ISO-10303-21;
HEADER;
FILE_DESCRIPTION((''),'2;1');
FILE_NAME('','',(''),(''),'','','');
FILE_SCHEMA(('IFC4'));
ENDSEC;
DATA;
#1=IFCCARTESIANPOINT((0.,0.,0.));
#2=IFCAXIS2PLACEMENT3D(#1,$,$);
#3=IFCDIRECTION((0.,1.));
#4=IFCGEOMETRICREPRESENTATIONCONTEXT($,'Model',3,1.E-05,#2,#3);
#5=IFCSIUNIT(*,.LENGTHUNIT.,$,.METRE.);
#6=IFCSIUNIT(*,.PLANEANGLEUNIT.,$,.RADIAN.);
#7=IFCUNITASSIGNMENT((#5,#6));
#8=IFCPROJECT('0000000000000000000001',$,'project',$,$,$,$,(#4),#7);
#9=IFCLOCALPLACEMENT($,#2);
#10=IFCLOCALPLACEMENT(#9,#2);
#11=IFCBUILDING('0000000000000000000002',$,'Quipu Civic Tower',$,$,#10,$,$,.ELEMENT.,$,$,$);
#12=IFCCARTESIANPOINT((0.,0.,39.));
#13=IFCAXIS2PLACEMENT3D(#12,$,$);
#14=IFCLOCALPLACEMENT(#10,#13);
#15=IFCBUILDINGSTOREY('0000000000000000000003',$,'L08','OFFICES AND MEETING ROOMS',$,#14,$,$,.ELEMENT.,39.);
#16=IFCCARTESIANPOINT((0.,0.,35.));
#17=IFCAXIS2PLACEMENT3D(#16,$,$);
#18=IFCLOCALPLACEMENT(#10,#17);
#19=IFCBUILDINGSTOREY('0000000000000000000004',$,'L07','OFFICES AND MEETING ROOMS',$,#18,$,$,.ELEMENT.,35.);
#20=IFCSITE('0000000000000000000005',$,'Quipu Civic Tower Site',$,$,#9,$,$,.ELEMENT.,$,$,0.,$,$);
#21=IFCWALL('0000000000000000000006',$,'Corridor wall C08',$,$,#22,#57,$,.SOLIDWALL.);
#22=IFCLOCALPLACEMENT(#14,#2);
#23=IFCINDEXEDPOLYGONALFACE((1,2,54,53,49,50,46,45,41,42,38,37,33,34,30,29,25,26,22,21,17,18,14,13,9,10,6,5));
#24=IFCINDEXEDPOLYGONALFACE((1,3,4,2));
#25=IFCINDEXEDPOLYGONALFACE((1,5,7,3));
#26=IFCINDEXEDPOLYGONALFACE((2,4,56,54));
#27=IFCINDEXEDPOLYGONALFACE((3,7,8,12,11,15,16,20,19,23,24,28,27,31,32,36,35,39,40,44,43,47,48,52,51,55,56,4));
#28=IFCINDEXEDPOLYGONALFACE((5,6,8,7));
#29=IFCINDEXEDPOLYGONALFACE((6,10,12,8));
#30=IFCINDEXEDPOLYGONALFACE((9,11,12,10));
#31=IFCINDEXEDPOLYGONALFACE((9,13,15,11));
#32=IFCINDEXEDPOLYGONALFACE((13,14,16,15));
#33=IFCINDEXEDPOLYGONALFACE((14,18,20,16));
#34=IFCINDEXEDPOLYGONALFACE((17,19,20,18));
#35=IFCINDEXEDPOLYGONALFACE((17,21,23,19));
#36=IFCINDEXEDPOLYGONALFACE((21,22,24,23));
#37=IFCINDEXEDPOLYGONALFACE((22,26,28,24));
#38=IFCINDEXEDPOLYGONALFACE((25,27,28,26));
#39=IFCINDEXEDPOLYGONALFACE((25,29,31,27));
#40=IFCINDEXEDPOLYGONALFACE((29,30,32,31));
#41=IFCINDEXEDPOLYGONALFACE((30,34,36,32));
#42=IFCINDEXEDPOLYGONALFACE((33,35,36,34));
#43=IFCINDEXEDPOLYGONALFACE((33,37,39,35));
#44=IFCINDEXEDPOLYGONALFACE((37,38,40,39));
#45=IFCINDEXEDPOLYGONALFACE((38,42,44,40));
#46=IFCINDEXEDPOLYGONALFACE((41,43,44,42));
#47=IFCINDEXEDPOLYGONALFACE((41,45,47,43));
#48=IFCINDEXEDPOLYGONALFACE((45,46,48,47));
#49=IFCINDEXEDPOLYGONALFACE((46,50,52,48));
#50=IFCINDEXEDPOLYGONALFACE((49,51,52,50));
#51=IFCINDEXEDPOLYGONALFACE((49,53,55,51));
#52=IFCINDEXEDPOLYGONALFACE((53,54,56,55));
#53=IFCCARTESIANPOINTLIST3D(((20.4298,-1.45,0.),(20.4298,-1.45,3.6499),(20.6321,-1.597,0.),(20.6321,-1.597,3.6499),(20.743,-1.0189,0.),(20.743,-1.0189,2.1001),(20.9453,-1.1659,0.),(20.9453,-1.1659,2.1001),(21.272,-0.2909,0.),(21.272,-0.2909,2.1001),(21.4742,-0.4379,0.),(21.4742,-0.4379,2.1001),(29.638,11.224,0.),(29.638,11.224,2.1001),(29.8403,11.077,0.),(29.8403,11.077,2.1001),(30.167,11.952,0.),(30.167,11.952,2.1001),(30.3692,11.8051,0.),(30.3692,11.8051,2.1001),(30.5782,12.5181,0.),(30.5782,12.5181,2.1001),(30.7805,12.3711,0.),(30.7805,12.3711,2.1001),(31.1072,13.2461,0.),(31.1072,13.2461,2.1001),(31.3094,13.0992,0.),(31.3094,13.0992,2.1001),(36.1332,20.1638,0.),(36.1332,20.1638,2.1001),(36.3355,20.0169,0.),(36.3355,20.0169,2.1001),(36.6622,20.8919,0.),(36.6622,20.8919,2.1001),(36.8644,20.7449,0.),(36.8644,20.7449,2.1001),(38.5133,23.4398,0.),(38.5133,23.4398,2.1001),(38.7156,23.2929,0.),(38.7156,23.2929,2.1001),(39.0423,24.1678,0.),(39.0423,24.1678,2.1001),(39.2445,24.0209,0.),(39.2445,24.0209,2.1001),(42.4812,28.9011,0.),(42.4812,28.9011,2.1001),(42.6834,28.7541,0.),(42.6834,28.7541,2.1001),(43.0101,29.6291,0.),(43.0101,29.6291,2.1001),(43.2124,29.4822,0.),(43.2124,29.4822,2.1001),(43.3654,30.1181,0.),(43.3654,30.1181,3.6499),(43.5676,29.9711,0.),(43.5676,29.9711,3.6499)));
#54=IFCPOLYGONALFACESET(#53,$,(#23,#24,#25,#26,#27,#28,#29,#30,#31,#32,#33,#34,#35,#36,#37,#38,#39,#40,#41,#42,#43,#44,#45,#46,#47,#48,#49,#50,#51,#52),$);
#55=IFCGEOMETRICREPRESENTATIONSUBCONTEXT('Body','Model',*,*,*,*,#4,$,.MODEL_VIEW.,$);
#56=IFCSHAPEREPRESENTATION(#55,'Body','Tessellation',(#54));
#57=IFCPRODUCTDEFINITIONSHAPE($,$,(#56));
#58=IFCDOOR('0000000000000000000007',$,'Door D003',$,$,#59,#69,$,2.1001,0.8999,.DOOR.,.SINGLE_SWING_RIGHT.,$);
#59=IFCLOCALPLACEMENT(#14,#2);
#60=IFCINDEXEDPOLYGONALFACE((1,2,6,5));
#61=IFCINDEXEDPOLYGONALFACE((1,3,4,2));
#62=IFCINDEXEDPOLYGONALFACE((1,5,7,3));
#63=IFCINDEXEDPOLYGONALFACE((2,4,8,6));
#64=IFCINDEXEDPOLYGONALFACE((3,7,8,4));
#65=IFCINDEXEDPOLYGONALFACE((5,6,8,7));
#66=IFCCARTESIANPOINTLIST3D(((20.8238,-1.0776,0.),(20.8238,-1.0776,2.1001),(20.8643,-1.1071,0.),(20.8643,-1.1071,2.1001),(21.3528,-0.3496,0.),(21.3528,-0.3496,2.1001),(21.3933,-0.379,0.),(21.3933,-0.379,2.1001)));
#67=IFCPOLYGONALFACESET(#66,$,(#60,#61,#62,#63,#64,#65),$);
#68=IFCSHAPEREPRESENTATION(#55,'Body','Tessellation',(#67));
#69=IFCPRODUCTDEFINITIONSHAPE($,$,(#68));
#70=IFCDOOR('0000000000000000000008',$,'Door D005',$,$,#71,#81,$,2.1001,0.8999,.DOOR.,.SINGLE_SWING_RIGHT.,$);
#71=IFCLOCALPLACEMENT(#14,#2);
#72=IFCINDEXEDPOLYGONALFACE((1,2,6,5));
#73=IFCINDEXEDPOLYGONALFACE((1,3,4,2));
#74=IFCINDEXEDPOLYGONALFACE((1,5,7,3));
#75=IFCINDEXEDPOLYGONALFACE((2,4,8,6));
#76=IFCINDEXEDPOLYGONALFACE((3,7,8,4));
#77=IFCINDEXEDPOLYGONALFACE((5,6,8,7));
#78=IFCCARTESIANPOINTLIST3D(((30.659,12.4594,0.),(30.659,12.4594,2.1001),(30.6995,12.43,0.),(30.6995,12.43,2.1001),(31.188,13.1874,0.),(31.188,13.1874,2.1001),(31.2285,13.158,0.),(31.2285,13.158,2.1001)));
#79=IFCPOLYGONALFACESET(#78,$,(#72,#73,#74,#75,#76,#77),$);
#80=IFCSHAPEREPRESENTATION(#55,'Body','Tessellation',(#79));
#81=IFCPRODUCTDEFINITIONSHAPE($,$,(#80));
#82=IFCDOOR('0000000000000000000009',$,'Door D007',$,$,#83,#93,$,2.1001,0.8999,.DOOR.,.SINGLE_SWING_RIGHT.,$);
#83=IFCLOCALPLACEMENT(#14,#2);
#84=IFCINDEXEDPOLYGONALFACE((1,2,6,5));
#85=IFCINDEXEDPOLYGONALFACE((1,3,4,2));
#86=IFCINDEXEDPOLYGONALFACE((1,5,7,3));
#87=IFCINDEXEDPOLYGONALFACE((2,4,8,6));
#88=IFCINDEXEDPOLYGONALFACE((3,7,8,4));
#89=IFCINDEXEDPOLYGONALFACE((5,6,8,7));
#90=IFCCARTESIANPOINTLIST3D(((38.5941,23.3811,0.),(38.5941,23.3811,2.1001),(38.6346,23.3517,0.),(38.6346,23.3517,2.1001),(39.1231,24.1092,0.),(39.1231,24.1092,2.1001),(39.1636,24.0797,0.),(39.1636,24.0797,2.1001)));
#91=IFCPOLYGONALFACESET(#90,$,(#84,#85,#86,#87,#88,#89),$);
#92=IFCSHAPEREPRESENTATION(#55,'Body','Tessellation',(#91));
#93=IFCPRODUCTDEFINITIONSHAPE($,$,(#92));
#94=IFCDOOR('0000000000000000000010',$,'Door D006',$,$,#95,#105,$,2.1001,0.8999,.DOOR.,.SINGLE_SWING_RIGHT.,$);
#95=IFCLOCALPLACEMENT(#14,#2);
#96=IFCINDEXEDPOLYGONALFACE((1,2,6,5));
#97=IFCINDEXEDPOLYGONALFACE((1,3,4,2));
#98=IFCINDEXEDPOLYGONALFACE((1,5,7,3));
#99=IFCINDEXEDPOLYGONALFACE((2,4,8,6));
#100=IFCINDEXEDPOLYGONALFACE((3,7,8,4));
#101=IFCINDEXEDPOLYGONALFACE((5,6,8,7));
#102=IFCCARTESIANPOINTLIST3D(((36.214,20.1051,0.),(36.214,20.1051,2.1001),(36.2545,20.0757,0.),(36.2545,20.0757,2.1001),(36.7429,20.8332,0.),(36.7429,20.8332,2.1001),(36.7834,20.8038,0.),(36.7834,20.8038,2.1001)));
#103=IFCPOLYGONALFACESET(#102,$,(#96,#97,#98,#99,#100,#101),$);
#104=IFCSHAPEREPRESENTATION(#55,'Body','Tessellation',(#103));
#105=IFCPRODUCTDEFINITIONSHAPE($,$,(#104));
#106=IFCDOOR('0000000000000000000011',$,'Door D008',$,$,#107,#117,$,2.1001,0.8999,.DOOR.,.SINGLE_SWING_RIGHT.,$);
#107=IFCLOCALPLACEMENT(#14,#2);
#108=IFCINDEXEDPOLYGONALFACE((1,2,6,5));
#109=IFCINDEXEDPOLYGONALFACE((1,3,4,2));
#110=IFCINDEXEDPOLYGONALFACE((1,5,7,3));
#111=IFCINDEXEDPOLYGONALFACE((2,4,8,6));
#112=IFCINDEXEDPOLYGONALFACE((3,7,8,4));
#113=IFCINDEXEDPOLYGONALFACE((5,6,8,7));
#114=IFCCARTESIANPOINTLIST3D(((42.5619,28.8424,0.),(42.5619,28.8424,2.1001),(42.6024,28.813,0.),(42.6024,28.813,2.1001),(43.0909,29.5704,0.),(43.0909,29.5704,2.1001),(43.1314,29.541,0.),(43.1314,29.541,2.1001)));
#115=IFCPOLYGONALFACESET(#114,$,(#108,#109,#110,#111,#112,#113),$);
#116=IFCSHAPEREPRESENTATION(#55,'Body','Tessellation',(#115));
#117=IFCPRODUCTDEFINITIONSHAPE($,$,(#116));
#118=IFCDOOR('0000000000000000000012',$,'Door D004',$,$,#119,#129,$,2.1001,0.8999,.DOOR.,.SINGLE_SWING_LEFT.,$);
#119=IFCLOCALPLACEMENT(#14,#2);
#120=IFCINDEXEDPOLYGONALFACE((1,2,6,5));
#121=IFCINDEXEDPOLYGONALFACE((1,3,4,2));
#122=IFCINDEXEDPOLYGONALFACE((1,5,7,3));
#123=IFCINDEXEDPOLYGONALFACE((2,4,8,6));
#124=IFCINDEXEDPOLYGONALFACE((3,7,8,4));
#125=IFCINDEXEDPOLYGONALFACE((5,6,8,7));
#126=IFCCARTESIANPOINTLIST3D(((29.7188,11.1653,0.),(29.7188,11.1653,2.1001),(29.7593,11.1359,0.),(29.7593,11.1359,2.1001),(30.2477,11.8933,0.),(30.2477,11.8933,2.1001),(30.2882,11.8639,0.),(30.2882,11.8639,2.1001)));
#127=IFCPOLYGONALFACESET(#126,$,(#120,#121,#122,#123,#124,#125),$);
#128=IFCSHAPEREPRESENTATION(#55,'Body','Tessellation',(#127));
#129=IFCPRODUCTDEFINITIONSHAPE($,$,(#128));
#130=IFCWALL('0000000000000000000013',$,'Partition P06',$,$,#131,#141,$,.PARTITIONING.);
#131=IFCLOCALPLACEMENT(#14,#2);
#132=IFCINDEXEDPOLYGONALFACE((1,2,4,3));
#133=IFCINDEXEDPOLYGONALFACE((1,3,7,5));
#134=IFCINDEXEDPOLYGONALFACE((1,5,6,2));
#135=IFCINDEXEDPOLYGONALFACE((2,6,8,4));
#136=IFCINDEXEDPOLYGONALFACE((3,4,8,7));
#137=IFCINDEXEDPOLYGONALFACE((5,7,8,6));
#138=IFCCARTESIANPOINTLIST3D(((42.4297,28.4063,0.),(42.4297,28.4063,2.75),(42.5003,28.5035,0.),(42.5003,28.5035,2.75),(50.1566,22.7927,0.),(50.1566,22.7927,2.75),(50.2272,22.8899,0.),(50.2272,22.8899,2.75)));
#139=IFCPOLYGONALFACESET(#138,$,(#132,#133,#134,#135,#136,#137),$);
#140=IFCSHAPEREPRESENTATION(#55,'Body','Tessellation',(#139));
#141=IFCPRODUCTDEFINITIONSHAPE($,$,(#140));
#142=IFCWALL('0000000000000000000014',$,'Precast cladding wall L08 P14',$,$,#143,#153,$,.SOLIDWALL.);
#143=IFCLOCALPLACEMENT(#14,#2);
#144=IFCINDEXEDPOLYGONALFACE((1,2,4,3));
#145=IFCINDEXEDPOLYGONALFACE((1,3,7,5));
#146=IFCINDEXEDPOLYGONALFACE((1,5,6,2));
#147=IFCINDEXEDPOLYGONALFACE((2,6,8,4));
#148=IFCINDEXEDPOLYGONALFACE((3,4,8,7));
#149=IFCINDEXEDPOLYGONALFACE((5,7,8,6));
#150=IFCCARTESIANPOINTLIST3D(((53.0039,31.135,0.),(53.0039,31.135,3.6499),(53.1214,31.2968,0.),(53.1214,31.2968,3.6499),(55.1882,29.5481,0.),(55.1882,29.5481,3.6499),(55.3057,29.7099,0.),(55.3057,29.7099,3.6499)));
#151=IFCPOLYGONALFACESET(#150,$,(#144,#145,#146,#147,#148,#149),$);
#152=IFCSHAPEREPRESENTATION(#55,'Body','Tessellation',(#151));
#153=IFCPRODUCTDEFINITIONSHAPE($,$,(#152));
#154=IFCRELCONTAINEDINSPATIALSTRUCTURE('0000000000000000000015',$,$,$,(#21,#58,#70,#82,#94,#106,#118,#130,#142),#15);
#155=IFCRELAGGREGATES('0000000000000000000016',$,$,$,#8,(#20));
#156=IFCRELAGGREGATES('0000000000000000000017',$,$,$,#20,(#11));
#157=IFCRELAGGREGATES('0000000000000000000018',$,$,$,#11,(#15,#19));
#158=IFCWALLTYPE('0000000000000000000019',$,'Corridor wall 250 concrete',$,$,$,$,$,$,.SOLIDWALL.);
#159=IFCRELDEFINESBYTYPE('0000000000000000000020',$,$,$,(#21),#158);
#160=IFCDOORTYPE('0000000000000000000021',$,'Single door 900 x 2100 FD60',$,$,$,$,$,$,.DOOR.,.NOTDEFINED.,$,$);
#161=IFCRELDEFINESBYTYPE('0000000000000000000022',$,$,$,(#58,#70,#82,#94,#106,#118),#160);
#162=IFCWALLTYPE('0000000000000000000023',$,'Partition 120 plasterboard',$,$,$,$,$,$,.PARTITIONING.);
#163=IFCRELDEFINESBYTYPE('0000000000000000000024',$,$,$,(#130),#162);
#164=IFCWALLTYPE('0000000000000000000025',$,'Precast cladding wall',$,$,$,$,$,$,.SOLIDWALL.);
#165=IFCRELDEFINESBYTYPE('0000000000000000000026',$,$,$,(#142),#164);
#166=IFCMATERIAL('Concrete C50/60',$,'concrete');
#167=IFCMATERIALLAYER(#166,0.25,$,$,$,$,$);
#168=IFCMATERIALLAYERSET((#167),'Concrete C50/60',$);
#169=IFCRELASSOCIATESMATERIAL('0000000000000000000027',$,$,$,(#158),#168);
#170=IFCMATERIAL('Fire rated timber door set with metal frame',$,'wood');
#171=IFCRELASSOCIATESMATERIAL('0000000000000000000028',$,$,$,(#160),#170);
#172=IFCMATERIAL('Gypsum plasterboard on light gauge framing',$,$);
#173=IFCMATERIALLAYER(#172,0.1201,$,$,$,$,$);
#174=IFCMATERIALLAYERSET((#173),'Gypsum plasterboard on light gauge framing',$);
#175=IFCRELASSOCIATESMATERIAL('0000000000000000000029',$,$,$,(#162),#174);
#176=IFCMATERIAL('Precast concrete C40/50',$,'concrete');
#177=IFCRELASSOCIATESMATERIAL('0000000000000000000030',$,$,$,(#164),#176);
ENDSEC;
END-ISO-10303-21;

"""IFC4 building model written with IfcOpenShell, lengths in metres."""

from ifc_helpers import new_model, si_unit, direction, frame, frame_2d, origin, place, context, subcontext, project, spatial, rectangle, extrude, material, layer, layer_set, type_object, element, fill, save


model = new_model("IFC4")

# Units and contexts
model_context = context("Model", 3, precision=1e-05, world=origin(), true_north=direction((0.0, 1.0)))
body_context = subcontext(model_context, "Body", "Model", "MODEL_VIEW")
ifc_project = project(units=[si_unit("LENGTHUNIT", "METRE"), si_unit("PLANEANGLEUNIT", "RADIAN")], contexts=[model_context])

# Site, building, storey
site_placement = place(None, origin())
site = spatial("IfcSite", under=ifc_project, at=site_placement, Name="Quipu Civic Tower Site", CompositionType="ELEMENT", RefElevation=0.0)
building_placement = place(site_placement, origin())
building = spatial("IfcBuilding", under=site, at=building_placement, Name="Quipu Civic Tower", CompositionType="ELEMENT")
storey_1_placement = place(building_placement, frame((0.0, 0.0, 39.0)))
storey_1 = spatial("IfcBuildingStorey", under=building, at=storey_1_placement, Name="L08", Description="OFFICES AND MEETING ROOMS", CompositionType="ELEMENT", Elevation=39.0)

# Shared definitions
storey_2_placement = place(building_placement, frame((0.0, 0.0, 35.0)))
storey_2 = spatial("IfcBuildingStorey", under=building, at=storey_2_placement, Name="L07", Description="OFFICES AND MEETING ROOMS", CompositionType="ELEMENT", Elevation=35.0)

# Wall, openings, doors
ifc_material_1 = material(Name="Concrete C50/60", Category="concrete")
ifc_layer_1 = layer(ifc_material_1, 0.25)
ifc_layer_set_1 = layer_set([ifc_layer_1], Name="Concrete C50/60")
wall_type_1 = type_object("IfcWallType", Name="Corridor wall 250 concrete", PredefinedType="SOLIDWALL", material=ifc_layer_set_1)
wall_1_placement = place(storey_1_placement, frame((43.4666, 30.0447, 0.0), z_axis=(0.0, 0.0, 1.0), x_axis=(-0.587785, -0.809017, 0.0)))
wall_1 = element("IfcWall", 1, at=wall_1_placement, inside=storey_1, type_object=wall_type_1, Name="Corridor wall C08", PredefinedType="SOLIDWALL", context=body_context, shape_type="SweptSolid", body=[
    extrude(rectangle(XDim=39.0203, YDim=0.25, at=frame_2d((19.5103, 0.0))), origin(), (0.0, 0.0, 1.0), 3.6499),
])
opening_1_placement = place(wall_1_placement, frame((37.5876, 0.0, 0.0)))
opening_1 = element("IfcOpeningElement", 2, at=opening_1_placement, cuts=wall_1, PredefinedType="OPENING", context=body_context, shape_type="SweptSolid", body=[
    extrude(rectangle(XDim=0.8999, YDim=2.1001, at=frame_2d((0.45, 1.05))), frame((0.0, 0.135, 0.0), z_axis=(0.0, -1.0, 0.0), x_axis=(1.0, 0.0, 0.0)), (0.0, 0.0, 1.0), 0.27),
])
opening_2_placement = place(wall_1_placement, frame((20.855, 0.0, 0.0)))
opening_2 = element("IfcOpeningElement", 3, at=opening_2_placement, cuts=wall_1, PredefinedType="OPENING", context=body_context, shape_type="SweptSolid", body=[
    extrude(rectangle(XDim=0.8999, YDim=2.1001, at=frame_2d((0.45, 1.05))), frame((0.0, 0.135, 0.0), z_axis=(0.0, -1.0, 0.0), x_axis=(1.0, 0.0, 0.0)), (0.0, 0.0, 1.0), 0.27),
])
opening_3_placement = place(wall_1_placement, frame((7.355, 0.0, 0.0)))
opening_3 = element("IfcOpeningElement", 4, at=opening_3_placement, cuts=wall_1, PredefinedType="OPENING", context=body_context, shape_type="SweptSolid", body=[
    extrude(rectangle(XDim=0.8999, YDim=2.1001, at=frame_2d((0.45, 1.05))), frame((0.0, 0.135, 0.0), z_axis=(0.0, -1.0, 0.0), x_axis=(1.0, 0.0, 0.0)), (0.0, 0.0, 1.0), 0.27),
])
opening_4_placement = place(wall_1_placement, frame((11.4043, 0.0, 0.0)))
opening_4 = element("IfcOpeningElement", 5, at=opening_4_placement, cuts=wall_1, PredefinedType="OPENING", context=body_context, shape_type="SweptSolid", body=[
    extrude(rectangle(XDim=0.8999, YDim=2.1001, at=frame_2d((0.45, 1.05))), frame((0.0, 0.135, 0.0), z_axis=(0.0, -1.0, 0.0), x_axis=(1.0, 0.0, 0.0)), (0.0, 0.0, 1.0), 0.27),
])
opening_5_placement = place(wall_1_placement, frame((0.6045, 0.0, 0.0)))
opening_5 = element("IfcOpeningElement", 6, at=opening_5_placement, cuts=wall_1, PredefinedType="OPENING", context=body_context, shape_type="SweptSolid", body=[
    extrude(rectangle(XDim=0.8999, YDim=2.1001, at=frame_2d((0.45, 1.05))), frame((0.0, 0.135, 0.0), z_axis=(0.0, -1.0, 0.0), x_axis=(1.0, 0.0, 0.0)), (0.0, 0.0, 1.0), 0.27),
])
opening_6_placement = place(wall_1_placement, frame((22.4546, 0.0, 0.0)))
opening_6 = element("IfcOpeningElement", 7, at=opening_6_placement, cuts=wall_1, PredefinedType="OPENING", context=body_context, shape_type="SweptSolid", body=[
    extrude(rectangle(XDim=0.8999, YDim=2.1001, at=frame_2d((0.45, 1.05))), frame((0.0, 0.135, 0.0), z_axis=(0.0, -1.0, 0.0), x_axis=(1.0, 0.0, 0.0)), (0.0, 0.0, 1.0), 0.27),
])
ifc_material_2 = material(Name="Fire rated timber door set with metal frame", Category="wood")
door_type = type_object("IfcDoorType", Name="Single door 900 x 2100 FD60", OperationType="NOTDEFINED", PredefinedType="DOOR", material=ifc_material_2)
door_1_placement = place(opening_1_placement, origin())
door_1 = element("IfcDoor", 8, at=door_1_placement, inside=storey_1, type_object=door_type, Name="Door D003", OperationType="SINGLE_SWING_RIGHT", OverallHeight=2.1001, OverallWidth=0.8999, PredefinedType="DOOR", context=body_context, shape_type="SweptSolid", body=[
    extrude(rectangle(XDim=0.8999, YDim=2.1001, at=frame_2d((0.45, 1.05))), frame((0.0, 0.0249, 0.0), z_axis=(0.0, -1.0, 0.0), x_axis=(1.0, 0.0, 0.0)), (0.0, 0.0, 1.0), 0.05),
])
fill(opening_1, door_1)
door_2_placement = place(opening_2_placement, origin())
door_2 = element("IfcDoor", 9, at=door_2_placement, inside=storey_1, type_object=door_type, Name="Door D005", OperationType="SINGLE_SWING_RIGHT", OverallHeight=2.1001, OverallWidth=0.8999, PredefinedType="DOOR", context=body_context, shape_type="SweptSolid", body=[
    extrude(rectangle(XDim=0.8999, YDim=2.1001, at=frame_2d((0.45, 1.05))), frame((0.0, 0.0249, 0.0), z_axis=(0.0, -1.0, 0.0), x_axis=(1.0, 0.0, 0.0)), (0.0, 0.0, 1.0), 0.05),
])
fill(opening_2, door_2)
door_3_placement = place(opening_3_placement, origin())
door_3 = element("IfcDoor", 10, at=door_3_placement, inside=storey_1, type_object=door_type, Name="Door D007", OperationType="SINGLE_SWING_RIGHT", OverallHeight=2.1001, OverallWidth=0.8999, PredefinedType="DOOR", context=body_context, shape_type="SweptSolid", body=[
    extrude(rectangle(XDim=0.8999, YDim=2.1001, at=frame_2d((0.45, 1.05))), frame((0.0, 0.0249, 0.0), z_axis=(0.0, -1.0, 0.0), x_axis=(1.0, 0.0, 0.0)), (0.0, 0.0, 1.0), 0.05),
])
fill(opening_3, door_3)
door_4_placement = place(opening_4_placement, origin())
door_4 = element("IfcDoor", 11, at=door_4_placement, inside=storey_1, type_object=door_type, Name="Door D006", OperationType="SINGLE_SWING_RIGHT", OverallHeight=2.1001, OverallWidth=0.8999, PredefinedType="DOOR", context=body_context, shape_type="SweptSolid", body=[
    extrude(rectangle(XDim=0.8999, YDim=2.1001, at=frame_2d((0.45, 1.05))), frame((0.0, 0.0249, 0.0), z_axis=(0.0, -1.0, 0.0), x_axis=(1.0, 0.0, 0.0)), (0.0, 0.0, 1.0), 0.05),
])
fill(opening_4, door_4)
door_5_placement = place(opening_5_placement, origin())
door_5 = element("IfcDoor", 12, at=door_5_placement, inside=storey_1, type_object=door_type, Name="Door D008", OperationType="SINGLE_SWING_RIGHT", OverallHeight=2.1001, OverallWidth=0.8999, PredefinedType="DOOR", context=body_context, shape_type="SweptSolid", body=[
    extrude(rectangle(XDim=0.8999, YDim=2.1001, at=frame_2d((0.45, 1.05))), frame((0.0, 0.0249, 0.0), z_axis=(0.0, -1.0, 0.0), x_axis=(1.0, 0.0, 0.0)), (0.0, 0.0, 1.0), 0.05),
])
fill(opening_5, door_5)
door_6_placement = place(opening_6_placement, origin())
door_6 = element("IfcDoor", 13, at=door_6_placement, inside=storey_1, type_object=door_type, Name="Door D004", OperationType="SINGLE_SWING_LEFT", OverallHeight=2.1001, OverallWidth=0.8999, PredefinedType="DOOR", context=body_context, shape_type="SweptSolid", body=[
    extrude(rectangle(XDim=0.8999, YDim=2.1001, at=frame_2d((0.45, 1.05))), frame((0.0, 0.0249, 0.0), z_axis=(0.0, -1.0, 0.0), x_axis=(1.0, 0.0, 0.0)), (0.0, 0.0, 1.0), 0.05),
])
fill(opening_6, door_6)

# Walls
ifc_material_3 = material(Name="Gypsum plasterboard on light gauge framing")
ifc_layer_2 = layer(ifc_material_3, 0.1201)
ifc_layer_set_2 = layer_set([ifc_layer_2], Name="Gypsum plasterboard on light gauge framing")
wall_type_2 = type_object("IfcWallType", Name="Partition 120 plasterboard", PredefinedType="PARTITIONING", material=ifc_layer_set_2)
wall_2_placement = place(storey_1_placement, frame((50.1919, 22.8413, 0.0), z_axis=(0.0, 0.0, 1.0), x_axis=(-0.809033, 0.587763, 0.0)))
element("IfcWall", 14, at=wall_2_placement, inside=storey_1, type_object=wall_type_2, Name="Partition P06", PredefinedType="PARTITIONING", context=body_context, shape_type="SweptSolid", body=[
    extrude(rectangle(XDim=9.5508, YDim=0.1201, at=frame_2d((4.7754, 0.0))), origin(), (0.0, 0.0, 1.0), 2.75),
])
ifc_material_4 = material(Name="Precast concrete C40/50", Category="concrete")
wall_type_3 = type_object("IfcWallType", Name="Precast cladding wall", PredefinedType="SOLIDWALL", material=ifc_material_4)
wall_3_placement = place(storey_1_placement, frame((55.2471, 29.6289, 0.0), z_axis=(0.0, 0.0, 1.0), x_axis=(-0.809033, 0.587763, 0.0)))
element("IfcWall", 15, at=wall_3_placement, inside=storey_1, type_object=wall_type_3, Name="Precast cladding wall L08 P14", PredefinedType="SOLIDWALL", context=body_context, shape_type="SweptSolid", body=[
    extrude(rectangle(XDim=2.7, YDim=0.2, at=frame_2d((1.3501, 0.0))), origin(), (0.0, 0.0, 1.0), 3.6499),
])

save(model, "model.ifc")
